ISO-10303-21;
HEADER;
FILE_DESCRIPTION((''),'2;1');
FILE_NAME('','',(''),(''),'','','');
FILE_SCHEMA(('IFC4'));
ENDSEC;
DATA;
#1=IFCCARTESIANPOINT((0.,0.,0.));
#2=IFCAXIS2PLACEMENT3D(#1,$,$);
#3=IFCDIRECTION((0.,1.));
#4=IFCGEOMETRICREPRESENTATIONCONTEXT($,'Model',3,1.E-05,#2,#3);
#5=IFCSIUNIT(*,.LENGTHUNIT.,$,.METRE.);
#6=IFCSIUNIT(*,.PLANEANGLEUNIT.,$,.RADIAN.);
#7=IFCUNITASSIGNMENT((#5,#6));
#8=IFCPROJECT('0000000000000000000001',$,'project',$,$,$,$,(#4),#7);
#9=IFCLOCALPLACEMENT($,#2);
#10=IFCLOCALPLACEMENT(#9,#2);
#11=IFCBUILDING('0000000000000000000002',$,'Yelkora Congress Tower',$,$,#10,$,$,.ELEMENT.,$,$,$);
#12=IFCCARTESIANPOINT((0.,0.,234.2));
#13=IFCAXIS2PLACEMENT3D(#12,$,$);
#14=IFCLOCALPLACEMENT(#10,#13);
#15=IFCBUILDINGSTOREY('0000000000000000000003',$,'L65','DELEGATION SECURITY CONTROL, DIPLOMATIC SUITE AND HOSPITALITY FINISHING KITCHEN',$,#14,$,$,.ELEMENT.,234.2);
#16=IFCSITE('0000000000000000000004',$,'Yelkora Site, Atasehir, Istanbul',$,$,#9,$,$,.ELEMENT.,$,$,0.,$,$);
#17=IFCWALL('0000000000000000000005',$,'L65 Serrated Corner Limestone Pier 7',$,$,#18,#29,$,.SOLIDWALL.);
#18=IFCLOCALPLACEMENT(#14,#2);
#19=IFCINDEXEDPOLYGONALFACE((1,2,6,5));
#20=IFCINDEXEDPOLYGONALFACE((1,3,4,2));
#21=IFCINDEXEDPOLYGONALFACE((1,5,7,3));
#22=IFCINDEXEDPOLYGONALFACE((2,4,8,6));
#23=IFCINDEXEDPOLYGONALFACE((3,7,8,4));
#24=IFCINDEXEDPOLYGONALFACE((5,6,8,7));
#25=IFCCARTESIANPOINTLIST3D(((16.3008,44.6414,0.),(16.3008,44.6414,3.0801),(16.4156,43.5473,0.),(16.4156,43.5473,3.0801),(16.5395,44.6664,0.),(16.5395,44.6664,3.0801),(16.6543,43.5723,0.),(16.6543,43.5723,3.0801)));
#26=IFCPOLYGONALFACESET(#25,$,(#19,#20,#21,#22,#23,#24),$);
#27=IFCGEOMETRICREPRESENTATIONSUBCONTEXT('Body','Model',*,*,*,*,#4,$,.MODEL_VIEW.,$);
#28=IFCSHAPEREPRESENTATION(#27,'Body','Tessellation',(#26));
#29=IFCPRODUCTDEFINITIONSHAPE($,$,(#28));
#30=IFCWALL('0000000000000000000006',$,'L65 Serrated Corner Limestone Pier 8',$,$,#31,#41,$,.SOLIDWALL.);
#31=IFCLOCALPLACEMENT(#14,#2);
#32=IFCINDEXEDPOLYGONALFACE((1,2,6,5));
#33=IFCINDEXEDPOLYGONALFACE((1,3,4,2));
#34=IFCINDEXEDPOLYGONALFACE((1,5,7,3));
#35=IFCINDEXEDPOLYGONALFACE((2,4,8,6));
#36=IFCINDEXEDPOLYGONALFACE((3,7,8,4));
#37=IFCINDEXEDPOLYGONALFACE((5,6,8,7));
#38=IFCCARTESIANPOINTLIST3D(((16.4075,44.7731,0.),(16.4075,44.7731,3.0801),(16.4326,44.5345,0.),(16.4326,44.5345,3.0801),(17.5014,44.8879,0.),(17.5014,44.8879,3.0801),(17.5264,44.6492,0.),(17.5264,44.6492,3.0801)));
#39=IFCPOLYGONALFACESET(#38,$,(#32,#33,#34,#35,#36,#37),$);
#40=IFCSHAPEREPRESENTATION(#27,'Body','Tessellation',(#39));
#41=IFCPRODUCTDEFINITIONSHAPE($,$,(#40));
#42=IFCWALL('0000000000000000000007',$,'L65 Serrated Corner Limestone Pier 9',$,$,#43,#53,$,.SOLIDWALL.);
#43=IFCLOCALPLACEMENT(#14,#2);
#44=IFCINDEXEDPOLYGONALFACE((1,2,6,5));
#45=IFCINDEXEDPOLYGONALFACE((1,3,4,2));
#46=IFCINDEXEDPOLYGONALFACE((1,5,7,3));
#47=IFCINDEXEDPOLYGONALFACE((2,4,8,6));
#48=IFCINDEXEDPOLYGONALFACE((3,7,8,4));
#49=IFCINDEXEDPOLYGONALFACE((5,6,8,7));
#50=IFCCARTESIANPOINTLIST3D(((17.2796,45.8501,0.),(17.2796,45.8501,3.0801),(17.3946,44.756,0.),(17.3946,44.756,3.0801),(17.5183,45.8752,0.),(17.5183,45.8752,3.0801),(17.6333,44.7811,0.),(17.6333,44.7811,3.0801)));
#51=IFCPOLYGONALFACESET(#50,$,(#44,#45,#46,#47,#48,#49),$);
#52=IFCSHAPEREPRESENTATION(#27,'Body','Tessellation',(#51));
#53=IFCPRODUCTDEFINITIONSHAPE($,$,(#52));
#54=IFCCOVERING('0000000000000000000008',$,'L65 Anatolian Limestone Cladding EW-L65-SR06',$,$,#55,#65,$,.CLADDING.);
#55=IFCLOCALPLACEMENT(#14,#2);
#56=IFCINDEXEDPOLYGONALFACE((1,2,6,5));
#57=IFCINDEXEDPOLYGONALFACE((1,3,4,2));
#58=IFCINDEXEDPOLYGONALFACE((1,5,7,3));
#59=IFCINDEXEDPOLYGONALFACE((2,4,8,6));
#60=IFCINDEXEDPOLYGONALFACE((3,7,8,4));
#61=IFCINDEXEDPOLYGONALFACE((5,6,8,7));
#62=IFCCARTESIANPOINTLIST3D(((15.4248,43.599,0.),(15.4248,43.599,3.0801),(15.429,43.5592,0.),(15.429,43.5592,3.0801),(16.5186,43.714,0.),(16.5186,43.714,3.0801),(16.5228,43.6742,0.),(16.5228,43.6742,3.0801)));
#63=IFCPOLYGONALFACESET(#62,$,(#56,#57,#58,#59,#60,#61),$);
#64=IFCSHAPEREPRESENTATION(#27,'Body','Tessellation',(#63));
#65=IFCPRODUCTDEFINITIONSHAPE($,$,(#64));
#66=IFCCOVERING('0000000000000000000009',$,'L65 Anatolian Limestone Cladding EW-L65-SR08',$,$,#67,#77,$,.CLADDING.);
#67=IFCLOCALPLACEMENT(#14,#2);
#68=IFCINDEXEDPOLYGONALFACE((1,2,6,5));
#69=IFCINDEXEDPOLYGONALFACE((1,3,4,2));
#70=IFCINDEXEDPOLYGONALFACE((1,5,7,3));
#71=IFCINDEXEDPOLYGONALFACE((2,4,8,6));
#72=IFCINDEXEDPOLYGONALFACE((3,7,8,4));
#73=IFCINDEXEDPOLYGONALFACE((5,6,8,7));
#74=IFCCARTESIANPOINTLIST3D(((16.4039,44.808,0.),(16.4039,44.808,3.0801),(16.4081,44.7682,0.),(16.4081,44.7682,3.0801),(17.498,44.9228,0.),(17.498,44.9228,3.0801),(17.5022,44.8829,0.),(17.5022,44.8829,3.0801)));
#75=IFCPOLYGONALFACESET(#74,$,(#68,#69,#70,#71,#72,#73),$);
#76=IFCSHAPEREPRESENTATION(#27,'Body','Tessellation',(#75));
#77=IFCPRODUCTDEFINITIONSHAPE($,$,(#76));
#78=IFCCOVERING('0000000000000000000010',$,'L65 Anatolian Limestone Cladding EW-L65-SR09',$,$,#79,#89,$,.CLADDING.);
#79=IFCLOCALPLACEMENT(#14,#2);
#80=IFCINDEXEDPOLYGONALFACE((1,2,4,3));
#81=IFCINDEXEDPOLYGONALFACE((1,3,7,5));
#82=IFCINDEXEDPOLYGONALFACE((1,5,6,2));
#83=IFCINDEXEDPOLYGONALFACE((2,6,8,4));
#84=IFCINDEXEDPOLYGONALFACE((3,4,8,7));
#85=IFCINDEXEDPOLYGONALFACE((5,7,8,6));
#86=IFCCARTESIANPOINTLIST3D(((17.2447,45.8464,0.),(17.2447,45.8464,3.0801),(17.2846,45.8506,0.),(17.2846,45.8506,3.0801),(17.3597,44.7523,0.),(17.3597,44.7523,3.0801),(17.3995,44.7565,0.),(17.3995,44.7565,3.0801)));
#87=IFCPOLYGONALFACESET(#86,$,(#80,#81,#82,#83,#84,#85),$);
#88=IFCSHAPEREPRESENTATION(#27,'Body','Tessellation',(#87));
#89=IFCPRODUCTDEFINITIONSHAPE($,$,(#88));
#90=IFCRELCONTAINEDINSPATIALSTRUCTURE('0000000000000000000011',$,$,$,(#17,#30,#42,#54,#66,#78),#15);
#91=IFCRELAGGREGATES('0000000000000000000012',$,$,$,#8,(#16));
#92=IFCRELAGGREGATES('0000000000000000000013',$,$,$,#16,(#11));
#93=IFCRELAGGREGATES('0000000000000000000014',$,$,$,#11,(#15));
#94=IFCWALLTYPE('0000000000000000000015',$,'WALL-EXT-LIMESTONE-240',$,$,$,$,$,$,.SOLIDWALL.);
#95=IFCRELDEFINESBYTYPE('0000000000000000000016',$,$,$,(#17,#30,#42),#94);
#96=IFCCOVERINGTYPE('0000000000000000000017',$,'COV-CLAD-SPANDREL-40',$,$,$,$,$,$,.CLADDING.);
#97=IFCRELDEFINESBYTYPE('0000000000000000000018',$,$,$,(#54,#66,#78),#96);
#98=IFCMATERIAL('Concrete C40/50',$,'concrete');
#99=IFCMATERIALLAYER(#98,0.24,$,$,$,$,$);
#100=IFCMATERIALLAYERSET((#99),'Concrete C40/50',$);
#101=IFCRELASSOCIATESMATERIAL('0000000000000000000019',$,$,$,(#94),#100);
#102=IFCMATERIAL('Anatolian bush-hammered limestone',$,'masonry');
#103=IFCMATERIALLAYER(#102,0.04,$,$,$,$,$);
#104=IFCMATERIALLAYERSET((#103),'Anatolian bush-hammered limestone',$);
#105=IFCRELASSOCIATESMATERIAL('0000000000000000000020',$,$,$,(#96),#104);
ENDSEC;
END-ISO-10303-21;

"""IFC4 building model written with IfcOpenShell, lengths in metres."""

from ifc_helpers import new_model, si_unit, direction, frame, frame_2d, origin, place, context, subcontext, project, spatial, rectangle, extrude, material, layer, layer_set, type_object, element, save


model = new_model("IFC4")

# Units and contexts
model_context = context("Model", 3, precision=1e-05, world=origin(), true_north=direction((0.0, 1.0)))
body_context = subcontext(model_context, "Body", "Model", "MODEL_VIEW")
ifc_project = project(units=[si_unit("LENGTHUNIT", "METRE"), si_unit("PLANEANGLEUNIT", "RADIAN")], contexts=[model_context])

# Site, building, storey
site_placement = place(None, origin())
site = spatial("IfcSite", under=ifc_project, at=site_placement, Name="Yelkora Site, Atasehir, Istanbul", CompositionType="ELEMENT", RefElevation=0.0)
building_placement = place(site_placement, origin())
building = spatial("IfcBuilding", under=site, at=building_placement, Name="Yelkora Congress Tower", CompositionType="ELEMENT")
storey_placement = place(building_placement, frame((0.0, 0.0, 234.2)))
storey = spatial("IfcBuildingStorey", under=building, at=storey_placement, Name="L65", Description="DELEGATION SECURITY CONTROL, DIPLOMATIC SUITE AND HOSPITALITY FINISHING KITCHEN", CompositionType="ELEMENT", Elevation=234.2)

# Walls
ifc_material_1 = material(Name="Concrete C40/50", Category="concrete")
ifc_layer_1 = layer(ifc_material_1, 0.24)
ifc_layer_set_1 = layer_set([ifc_layer_1], Name="Concrete C40/50")
wall_type_1 = type_object("IfcWallType", Name="WALL-EXT-LIMESTONE-240", PredefinedType="SOLIDWALL", material=ifc_layer_set_1)
wall_1_placement = place(storey_placement, frame((16.5349, 43.5598, 0.0), z_axis=(0.0, 0.0, 1.0), x_axis=(-0.104315, 0.994544, 0.0)))
element("IfcWall", 1, at=wall_1_placement, inside=storey, type_object=wall_type_1, Name="L65 Serrated Corner Limestone Pier 7", PredefinedType="SOLIDWALL", context=body_context, shape_type="SweptSolid", body=[
    extrude(rectangle(XDim=1.1001, YDim=0.24, at=frame_2d((0.55, 0.0))), origin(), (0.0, 0.0, 1.0), 3.0801),
])
wall_2_placement = place(storey_placement, frame((16.4202, 44.6538, 0.0), z_axis=(0.0, 0.0, 1.0), x_axis=(0.994542, 0.104338, 0.0)))
element("IfcWall", 2, at=wall_2_placement, inside=storey, type_object=wall_type_1, Name="L65 Serrated Corner Limestone Pier 8", PredefinedType="SOLIDWALL", context=body_context, shape_type="SweptSolid", body=[
    extrude(rectangle(XDim=1.0999, YDim=0.24, at=frame_2d((0.5498, 0.0))), origin(), (0.0, 0.0, 1.0), 3.0801),
])
wall_3_placement = place(storey_placement, frame((17.5139, 44.7686, 0.0), z_axis=(0.0, 0.0, 1.0), x_axis=(-0.104535, 0.994521, 0.0)))
element("IfcWall", 3, at=wall_3_placement, inside=storey, type_object=wall_type_1, Name="L65 Serrated Corner Limestone Pier 9", PredefinedType="SOLIDWALL", context=body_context, shape_type="SweptSolid", body=[
    extrude(rectangle(XDim=1.1001, YDim=0.24, at=frame_2d((0.55, 0.0))), origin(), (0.0, 0.0, 1.0), 3.0801),
])

# Coverings
ifc_material_2 = material(Name="Anatolian bush-hammered limestone", Category="masonry")
ifc_layer_2 = layer(ifc_material_2, 0.04)
ifc_layer_set_2 = layer_set([ifc_layer_2], Name="Anatolian bush-hammered limestone")
covering_type = type_object("IfcCoveringType", Name="COV-CLAD-SPANDREL-40", PredefinedType="CLADDING", material=ifc_layer_set_2)
covering_placement = place(storey_placement, frame((15.427, 43.5791, 0.0), z_axis=(0.0, 0.0, 1.0), x_axis=(0.994519, 0.104558, 0.0)))
element("IfcCovering", 4, at=covering_placement, inside=storey, type_object=covering_type, Name="L65 Anatolian Limestone Cladding EW-L65-SR06", PredefinedType="CLADDING", context=body_context, shape_type="SweptSolid", body=[
    extrude(rectangle(XDim=1.0999, YDim=0.04, at=frame_2d((0.5498, 0.0))), origin(), (0.0, 0.0, 1.0), 3.0801),
])
for number, where, z_axis, x_axis, name in (
    (5, (16.406, 44.7881, 0.0), (0.0, 0.0, 1.0), (0.994544, 0.104315, 0.0), "L65 Anatolian Limestone Cladding EW-L65-SR08"),
    (6, (17.3796, 44.7544, 0.0), (0.0, 0.0, 1.0), (-0.104535, 0.994521, 0.0), "L65 Anatolian Limestone Cladding EW-L65-SR09"),
):
    element("IfcCovering", number, at=place(storey_placement, frame(where, z_axis=z_axis, x_axis=x_axis)), inside=storey, type_object=covering_type, Name=name, PredefinedType="CLADDING", context=body_context, shape_type="SweptSolid", body=[
        extrude(rectangle(XDim=1.1001, YDim=0.04, at=frame_2d((0.55, 0.0))), origin(), (0.0, 0.0, 1.0), 3.0801),
    ])

save(model, "model.ifc")
